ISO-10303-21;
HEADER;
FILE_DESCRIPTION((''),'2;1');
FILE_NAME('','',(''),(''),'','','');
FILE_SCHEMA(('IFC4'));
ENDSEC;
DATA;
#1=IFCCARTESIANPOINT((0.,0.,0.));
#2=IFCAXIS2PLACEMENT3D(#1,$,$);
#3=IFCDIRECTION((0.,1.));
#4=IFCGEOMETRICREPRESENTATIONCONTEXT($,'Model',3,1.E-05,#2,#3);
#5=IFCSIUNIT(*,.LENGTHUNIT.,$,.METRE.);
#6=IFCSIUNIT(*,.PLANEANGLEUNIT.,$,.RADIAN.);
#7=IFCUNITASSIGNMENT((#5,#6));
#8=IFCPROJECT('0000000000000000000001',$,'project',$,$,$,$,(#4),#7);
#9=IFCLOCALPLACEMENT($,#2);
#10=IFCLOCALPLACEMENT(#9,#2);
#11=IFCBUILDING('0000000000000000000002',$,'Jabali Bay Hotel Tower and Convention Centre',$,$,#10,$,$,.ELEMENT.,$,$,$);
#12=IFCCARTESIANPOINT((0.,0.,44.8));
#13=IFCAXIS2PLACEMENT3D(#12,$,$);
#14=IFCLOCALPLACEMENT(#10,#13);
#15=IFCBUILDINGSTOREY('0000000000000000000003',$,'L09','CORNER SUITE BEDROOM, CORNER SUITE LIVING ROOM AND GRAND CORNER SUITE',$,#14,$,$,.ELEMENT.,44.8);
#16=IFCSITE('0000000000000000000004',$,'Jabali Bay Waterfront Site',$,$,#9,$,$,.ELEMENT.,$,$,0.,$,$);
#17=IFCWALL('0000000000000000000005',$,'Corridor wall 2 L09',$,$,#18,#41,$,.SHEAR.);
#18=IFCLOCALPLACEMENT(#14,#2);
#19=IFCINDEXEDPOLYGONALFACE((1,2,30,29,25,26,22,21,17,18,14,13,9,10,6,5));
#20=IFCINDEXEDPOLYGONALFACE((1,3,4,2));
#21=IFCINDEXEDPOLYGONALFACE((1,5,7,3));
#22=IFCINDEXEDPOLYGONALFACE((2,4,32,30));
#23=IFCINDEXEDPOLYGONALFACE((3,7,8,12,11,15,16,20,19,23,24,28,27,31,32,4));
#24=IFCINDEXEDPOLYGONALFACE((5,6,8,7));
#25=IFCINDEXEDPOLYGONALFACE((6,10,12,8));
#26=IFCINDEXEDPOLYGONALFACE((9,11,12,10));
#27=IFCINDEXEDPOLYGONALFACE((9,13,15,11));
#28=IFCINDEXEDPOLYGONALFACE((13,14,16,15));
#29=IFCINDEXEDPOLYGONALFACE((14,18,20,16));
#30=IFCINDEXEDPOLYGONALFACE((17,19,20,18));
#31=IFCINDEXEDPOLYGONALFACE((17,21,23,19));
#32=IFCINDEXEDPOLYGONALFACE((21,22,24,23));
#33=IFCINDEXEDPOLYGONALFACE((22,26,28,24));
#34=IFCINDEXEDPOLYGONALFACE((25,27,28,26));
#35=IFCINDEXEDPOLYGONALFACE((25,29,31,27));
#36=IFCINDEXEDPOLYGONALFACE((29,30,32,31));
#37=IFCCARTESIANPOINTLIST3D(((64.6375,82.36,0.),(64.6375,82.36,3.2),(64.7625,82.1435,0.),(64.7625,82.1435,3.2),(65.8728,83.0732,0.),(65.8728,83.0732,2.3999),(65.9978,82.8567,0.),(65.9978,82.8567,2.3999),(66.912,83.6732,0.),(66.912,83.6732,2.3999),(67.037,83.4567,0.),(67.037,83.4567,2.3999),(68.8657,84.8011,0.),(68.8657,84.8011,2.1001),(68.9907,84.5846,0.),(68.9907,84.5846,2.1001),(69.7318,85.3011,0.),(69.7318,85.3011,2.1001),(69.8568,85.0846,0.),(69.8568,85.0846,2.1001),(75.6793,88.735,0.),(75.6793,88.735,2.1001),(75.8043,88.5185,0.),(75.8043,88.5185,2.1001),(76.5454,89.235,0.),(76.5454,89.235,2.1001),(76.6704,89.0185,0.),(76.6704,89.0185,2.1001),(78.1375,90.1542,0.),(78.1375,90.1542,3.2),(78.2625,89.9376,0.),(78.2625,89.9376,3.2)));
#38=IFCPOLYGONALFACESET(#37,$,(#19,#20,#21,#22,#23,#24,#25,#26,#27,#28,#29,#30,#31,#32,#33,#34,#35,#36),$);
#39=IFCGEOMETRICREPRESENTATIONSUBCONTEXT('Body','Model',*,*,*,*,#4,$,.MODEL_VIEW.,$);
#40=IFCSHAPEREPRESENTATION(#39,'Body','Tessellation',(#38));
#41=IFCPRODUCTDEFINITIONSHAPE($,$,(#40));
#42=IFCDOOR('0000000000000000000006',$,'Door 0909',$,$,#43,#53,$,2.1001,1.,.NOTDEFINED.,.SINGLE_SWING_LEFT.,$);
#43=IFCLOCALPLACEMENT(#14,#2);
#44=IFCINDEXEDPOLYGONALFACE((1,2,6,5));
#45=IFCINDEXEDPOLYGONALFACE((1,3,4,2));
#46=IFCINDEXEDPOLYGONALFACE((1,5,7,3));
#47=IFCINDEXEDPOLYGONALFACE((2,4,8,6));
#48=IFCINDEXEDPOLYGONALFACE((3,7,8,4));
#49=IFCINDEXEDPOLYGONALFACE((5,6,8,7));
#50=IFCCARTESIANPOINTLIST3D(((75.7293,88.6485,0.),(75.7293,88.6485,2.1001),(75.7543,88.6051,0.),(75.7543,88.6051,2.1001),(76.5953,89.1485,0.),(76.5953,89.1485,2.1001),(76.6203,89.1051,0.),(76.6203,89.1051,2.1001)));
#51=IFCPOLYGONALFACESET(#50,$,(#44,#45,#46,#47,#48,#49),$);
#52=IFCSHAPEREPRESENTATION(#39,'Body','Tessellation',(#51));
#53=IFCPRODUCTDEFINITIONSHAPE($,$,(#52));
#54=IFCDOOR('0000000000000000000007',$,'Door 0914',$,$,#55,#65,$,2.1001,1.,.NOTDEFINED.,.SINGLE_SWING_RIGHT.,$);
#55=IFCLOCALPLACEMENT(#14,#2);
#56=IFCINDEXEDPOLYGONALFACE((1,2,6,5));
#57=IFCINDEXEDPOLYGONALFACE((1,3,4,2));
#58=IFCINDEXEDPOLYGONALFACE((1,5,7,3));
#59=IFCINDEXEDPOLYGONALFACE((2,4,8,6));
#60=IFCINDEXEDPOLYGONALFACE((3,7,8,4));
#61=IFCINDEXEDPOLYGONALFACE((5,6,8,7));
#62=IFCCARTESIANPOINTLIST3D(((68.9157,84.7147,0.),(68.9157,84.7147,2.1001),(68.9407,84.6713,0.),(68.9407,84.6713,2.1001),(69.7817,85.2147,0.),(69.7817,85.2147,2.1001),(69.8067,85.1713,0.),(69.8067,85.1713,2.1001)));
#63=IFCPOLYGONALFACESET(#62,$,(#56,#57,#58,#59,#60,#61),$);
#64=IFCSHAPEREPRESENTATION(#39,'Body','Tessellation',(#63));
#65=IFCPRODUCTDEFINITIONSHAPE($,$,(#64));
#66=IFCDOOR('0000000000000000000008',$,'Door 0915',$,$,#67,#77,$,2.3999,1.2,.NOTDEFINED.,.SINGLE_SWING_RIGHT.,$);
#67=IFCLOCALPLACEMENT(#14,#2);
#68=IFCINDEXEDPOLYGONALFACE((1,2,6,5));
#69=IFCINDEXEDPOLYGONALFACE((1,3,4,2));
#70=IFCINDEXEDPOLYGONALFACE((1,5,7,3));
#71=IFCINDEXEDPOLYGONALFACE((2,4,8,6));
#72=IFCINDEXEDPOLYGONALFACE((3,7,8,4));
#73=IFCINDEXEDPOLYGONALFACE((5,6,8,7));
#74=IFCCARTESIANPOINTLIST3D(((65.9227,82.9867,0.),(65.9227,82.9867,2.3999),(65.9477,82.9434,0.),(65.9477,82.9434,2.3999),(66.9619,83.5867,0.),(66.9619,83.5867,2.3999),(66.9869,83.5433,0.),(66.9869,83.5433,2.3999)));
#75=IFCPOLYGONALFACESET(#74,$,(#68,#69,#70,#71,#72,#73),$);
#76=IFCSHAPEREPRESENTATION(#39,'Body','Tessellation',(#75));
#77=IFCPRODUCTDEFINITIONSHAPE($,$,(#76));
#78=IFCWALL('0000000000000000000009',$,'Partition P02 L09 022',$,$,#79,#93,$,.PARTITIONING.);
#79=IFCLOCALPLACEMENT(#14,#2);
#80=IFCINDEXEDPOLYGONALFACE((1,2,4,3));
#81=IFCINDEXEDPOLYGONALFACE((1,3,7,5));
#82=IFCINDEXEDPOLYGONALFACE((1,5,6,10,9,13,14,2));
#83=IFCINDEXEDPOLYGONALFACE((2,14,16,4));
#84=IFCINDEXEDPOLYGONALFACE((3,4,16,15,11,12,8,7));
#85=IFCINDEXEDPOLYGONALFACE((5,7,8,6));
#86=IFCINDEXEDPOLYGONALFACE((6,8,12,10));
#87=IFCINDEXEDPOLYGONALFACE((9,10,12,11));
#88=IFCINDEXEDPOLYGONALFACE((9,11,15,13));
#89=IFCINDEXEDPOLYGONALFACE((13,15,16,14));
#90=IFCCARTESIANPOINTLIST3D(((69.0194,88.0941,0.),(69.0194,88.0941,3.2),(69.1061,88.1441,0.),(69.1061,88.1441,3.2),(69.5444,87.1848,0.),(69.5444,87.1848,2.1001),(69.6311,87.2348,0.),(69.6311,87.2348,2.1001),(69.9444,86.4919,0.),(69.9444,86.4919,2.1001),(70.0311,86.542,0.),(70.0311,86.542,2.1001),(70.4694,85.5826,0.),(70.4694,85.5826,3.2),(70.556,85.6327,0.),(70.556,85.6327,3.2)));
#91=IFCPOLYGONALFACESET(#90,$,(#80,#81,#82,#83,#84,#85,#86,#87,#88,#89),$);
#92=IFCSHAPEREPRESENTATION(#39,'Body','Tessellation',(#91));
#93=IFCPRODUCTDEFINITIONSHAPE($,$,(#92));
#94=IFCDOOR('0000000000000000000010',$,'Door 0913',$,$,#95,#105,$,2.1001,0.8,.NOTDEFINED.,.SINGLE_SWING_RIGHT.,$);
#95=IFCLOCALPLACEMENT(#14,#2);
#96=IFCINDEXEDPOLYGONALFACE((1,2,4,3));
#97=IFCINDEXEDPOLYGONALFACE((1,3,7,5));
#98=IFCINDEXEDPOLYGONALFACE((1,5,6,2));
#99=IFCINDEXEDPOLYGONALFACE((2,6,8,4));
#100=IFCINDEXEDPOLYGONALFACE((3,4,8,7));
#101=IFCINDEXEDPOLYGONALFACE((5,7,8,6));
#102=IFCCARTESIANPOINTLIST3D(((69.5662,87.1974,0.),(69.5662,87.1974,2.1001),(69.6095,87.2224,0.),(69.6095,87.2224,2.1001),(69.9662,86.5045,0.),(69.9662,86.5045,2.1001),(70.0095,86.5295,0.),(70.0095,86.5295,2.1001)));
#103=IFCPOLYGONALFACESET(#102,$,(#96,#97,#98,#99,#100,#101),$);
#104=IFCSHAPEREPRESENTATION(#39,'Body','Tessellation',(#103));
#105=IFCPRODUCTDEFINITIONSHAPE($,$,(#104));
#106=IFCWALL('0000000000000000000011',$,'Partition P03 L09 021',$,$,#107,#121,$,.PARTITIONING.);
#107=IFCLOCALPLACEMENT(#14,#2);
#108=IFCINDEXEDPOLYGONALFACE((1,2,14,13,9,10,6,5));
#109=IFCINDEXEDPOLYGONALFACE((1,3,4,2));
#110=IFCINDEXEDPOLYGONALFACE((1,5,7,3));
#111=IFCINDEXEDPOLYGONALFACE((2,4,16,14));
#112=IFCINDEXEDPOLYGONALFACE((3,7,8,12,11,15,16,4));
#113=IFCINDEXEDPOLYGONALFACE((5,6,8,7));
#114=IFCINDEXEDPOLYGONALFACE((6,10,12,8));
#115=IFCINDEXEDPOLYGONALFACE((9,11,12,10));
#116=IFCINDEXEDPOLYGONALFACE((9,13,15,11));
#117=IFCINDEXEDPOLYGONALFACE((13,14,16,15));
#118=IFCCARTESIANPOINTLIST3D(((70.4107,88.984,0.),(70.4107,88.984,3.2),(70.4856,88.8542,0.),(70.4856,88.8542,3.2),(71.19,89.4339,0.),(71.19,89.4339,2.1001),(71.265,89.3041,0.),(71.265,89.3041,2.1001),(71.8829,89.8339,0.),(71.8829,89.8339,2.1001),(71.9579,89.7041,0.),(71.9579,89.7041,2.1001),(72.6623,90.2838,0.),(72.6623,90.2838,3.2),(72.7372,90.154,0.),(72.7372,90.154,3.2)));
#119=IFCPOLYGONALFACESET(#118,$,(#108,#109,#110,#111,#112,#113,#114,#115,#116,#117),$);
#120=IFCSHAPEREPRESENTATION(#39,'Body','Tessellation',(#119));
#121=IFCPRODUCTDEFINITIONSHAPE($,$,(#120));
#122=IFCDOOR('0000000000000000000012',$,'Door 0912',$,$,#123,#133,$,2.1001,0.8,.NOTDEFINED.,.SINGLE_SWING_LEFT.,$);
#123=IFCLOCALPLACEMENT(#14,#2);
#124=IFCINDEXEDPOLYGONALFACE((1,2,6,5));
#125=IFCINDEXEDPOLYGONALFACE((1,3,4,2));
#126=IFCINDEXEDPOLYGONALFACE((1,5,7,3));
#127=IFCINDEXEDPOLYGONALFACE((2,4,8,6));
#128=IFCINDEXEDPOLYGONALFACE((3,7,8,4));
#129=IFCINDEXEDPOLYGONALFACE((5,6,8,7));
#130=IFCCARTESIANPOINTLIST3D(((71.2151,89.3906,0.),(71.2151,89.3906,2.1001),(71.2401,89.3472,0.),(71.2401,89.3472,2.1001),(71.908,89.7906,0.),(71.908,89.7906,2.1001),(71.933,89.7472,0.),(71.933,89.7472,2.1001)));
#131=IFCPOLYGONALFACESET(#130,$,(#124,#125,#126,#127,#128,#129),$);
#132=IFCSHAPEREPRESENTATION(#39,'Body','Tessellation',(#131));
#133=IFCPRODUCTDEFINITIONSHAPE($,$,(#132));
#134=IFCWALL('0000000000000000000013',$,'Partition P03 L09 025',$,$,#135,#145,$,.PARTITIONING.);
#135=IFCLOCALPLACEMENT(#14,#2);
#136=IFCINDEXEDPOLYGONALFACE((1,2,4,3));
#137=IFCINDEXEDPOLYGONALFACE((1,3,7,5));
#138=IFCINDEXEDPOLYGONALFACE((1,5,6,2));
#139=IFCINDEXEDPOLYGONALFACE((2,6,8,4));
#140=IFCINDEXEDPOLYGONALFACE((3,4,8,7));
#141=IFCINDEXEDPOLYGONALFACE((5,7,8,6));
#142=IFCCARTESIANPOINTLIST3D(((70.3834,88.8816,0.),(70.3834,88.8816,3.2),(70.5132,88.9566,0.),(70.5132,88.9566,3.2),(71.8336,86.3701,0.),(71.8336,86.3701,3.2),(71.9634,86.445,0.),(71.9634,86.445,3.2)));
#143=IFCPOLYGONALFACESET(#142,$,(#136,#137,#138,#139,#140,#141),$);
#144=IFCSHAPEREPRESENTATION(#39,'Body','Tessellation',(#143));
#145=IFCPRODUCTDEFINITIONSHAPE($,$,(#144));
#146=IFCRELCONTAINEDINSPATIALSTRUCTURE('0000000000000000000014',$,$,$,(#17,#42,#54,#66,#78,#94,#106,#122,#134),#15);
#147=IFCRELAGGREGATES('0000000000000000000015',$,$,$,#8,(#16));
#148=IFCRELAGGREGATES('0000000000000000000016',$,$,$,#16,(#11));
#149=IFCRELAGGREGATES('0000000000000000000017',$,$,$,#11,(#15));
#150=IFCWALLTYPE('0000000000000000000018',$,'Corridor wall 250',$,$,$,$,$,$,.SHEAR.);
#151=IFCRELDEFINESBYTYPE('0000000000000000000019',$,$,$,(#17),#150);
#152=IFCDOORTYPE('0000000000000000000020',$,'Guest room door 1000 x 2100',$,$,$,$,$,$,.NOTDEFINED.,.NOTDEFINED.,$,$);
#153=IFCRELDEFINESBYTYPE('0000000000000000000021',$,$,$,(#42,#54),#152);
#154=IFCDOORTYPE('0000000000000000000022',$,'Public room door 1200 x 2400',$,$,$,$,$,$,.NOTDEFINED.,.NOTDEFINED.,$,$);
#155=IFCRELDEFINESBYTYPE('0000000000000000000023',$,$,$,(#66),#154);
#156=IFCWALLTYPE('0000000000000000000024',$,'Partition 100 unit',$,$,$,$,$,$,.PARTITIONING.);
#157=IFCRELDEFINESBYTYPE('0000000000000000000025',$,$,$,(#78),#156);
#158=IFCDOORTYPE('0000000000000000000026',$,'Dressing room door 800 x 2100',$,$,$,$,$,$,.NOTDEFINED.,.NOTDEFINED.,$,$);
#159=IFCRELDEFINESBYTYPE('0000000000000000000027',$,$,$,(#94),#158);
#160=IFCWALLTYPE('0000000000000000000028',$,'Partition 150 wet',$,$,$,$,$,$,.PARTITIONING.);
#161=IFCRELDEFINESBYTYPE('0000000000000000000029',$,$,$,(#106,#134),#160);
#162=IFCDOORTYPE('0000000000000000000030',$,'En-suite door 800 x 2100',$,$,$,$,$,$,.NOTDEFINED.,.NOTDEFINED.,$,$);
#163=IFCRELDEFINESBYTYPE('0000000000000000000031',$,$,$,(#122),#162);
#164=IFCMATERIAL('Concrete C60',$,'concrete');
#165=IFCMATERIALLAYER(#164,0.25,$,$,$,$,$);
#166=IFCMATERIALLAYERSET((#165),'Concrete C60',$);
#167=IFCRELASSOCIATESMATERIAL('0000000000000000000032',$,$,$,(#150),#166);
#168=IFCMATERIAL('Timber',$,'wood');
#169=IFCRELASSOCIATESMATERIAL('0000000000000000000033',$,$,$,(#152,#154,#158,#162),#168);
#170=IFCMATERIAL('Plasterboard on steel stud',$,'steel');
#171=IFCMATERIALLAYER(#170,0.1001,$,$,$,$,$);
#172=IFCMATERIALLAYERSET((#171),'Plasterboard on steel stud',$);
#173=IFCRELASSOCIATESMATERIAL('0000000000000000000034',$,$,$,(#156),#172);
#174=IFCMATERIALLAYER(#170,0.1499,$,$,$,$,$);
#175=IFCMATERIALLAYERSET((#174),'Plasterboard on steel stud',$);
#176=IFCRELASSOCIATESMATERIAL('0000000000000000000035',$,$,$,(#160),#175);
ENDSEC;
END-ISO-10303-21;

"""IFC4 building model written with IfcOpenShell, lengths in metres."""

from ifc_helpers import new_model, si_unit, direction, frame, frame_2d, origin, place, context, subcontext, project, spatial, rectangle, extrude, material, layer, layer_set, type_object, element, fill, save


model = new_model("IFC4")

# Units and contexts
model_context = context("Model", 3, precision=1e-05, world=origin(), true_north=direction((0.0, 1.0)))
body_context = subcontext(model_context, "Body", "Model", "MODEL_VIEW")
ifc_project = project(units=[si_unit("LENGTHUNIT", "METRE"), si_unit("PLANEANGLEUNIT", "RADIAN")], contexts=[model_context])

# Site, building, storey
site_placement = place(None, origin())
site = spatial("IfcSite", under=ifc_project, at=site_placement, Name="Jabali Bay Waterfront Site", CompositionType="ELEMENT", RefElevation=0.0)
building_placement = place(site_placement, origin())
building = spatial("IfcBuilding", under=site, at=building_placement, Name="Jabali Bay Hotel Tower and Convention Centre", CompositionType="ELEMENT")
storey_placement = place(building_placement, frame((0.0, 0.0, 44.8)))
storey = spatial("IfcBuildingStorey", under=building, at=storey_placement, Name="L09", Description="CORNER SUITE BEDROOM, CORNER SUITE LIVING ROOM AND GRAND CORNER SUITE", CompositionType="ELEMENT", Elevation=44.8)

# Shared definitions
ifc_material_1 = material(Name="Concrete C60", Category="concrete")

# Wall, openings, doors
ifc_layer_1 = layer(ifc_material_1, 0.25)
ifc_layer_set_1 = layer_set([ifc_layer_1], Name="Concrete C60")
wall_type_1 = type_object("IfcWallType", Name="Corridor wall 250", PredefinedType="SHEAR", material=ifc_layer_set_1)
wall_1_placement = place(storey_placement, frame((78.2, 90.0459, 0.0), z_axis=(0.0, 0.0, 1.0), x_axis=(-0.866026, -0.499998, 0.0)))
wall_1 = element("IfcWall", 1, at=wall_1_placement, inside=storey, type_object=wall_type_1, Name="Corridor wall 2 L09", PredefinedType="SHEAR", context=body_context, shape_type="SweptSolid", body=[
    extrude(rectangle(XDim=15.5884, YDim=0.25, at=frame_2d((7.7942, 0.0))), origin(), (0.0, 0.0, 1.0), 3.2),
])
opening_1_placement = place(wall_1_placement, frame((1.8384, 0.0, 0.0)))
opening_1 = element("IfcOpeningElement", 2, at=opening_1_placement, cuts=wall_1, PredefinedType="OPENING", context=body_context, shape_type="SweptSolid", body=[
    extrude(rectangle(XDim=1.0, YDim=2.1001, at=frame_2d((0.5, 1.05))), frame((0.0, 0.1355, 0.0), z_axis=(0.0, -1.0, 0.0), x_axis=(1.0, 0.0, 0.0)), (0.0, 0.0, 1.0), 0.271),
])
opening_2_placement = place(wall_1_placement, frame((9.7061, 0.0, 0.0)))
opening_2 = element("IfcOpeningElement", 3, at=opening_2_placement, cuts=wall_1, PredefinedType="OPENING", context=body_context, shape_type="SweptSolid", body=[
    extrude(rectangle(XDim=1.0, YDim=2.1001, at=frame_2d((0.5, 1.05))), frame((0.0, 0.1355, 0.0), z_axis=(0.0, -1.0, 0.0), x_axis=(1.0, 0.0, 0.0)), (0.0, 0.0, 1.0), 0.271),
])
opening_3_placement = place(wall_1_placement, frame((12.9619, 0.0, 0.0)))
opening_3 = element("IfcOpeningElement", 4, at=opening_3_placement, cuts=wall_1, PredefinedType="OPENING", context=body_context, shape_type="SweptSolid", body=[
    extrude(rectangle(XDim=1.2, YDim=2.3999, at=frame_2d((0.6001, 1.2))), frame((0.0, 0.1355, 0.0), z_axis=(0.0, -1.0, 0.0), x_axis=(1.0, 0.0, 0.0)), (0.0, 0.0, 1.0), 0.271),
])
ifc_material_2 = material(Name="Timber", Category="wood")
door_type_1 = type_object("IfcDoorType", Name="Guest room door 1000 x 2100", OperationType="NOTDEFINED", PredefinedType="NOTDEFINED", material=ifc_material_2)
door_1_placement = place(opening_1_placement, origin())
door_1 = element("IfcDoor", 5, at=door_1_placement, inside=storey, type_object=door_type_1, Name="Door 0909", OperationType="SINGLE_SWING_LEFT", OverallHeight=2.1001, OverallWidth=1.0, PredefinedType="NOTDEFINED", context=body_context, shape_type="SweptSolid", body=[
    extrude(rectangle(XDim=1.0, YDim=2.1001, at=frame_2d((0.5, 1.05))), frame((0.0, 0.0249, 0.0), z_axis=(0.0, -1.0, 0.0), x_axis=(1.0, 0.0, 0.0)), (0.0, 0.0, 1.0), 0.05),
])
fill(opening_1, door_1)
door_2_placement = place(opening_2_placement, origin())
door_2 = element("IfcDoor", 6, at=door_2_placement, inside=storey, type_object=door_type_1, Name="Door 0914", OperationType="SINGLE_SWING_RIGHT", OverallHeight=2.1001, OverallWidth=1.0, PredefinedType="NOTDEFINED", context=body_context, shape_type="SweptSolid", body=[
    extrude(rectangle(XDim=1.0, YDim=2.1001, at=frame_2d((0.5, 1.05))), frame((0.0, 0.0249, 0.0), z_axis=(0.0, -1.0, 0.0), x_axis=(1.0, 0.0, 0.0)), (0.0, 0.0, 1.0), 0.05),
])
fill(opening_2, door_2)
door_type_2 = type_object("IfcDoorType", Name="Public room door 1200 x 2400", OperationType="NOTDEFINED", PredefinedType="NOTDEFINED", material=ifc_material_2)
door_3_placement = place(opening_3_placement, origin())
door_3 = element("IfcDoor", 7, at=door_3_placement, inside=storey, type_object=door_type_2, Name="Door 0915", OperationType="SINGLE_SWING_RIGHT", OverallHeight=2.3999, OverallWidth=1.2, PredefinedType="NOTDEFINED", context=body_context, shape_type="SweptSolid", body=[
    extrude(rectangle(XDim=1.2, YDim=2.3999, at=frame_2d((0.6001, 1.2))), frame((0.0, 0.0249, 0.0), z_axis=(0.0, -1.0, 0.0), x_axis=(1.0, 0.0, 0.0)), (0.0, 0.0, 1.0), 0.05),
])
fill(opening_3, door_3)

# Walls, openings, doors
ifc_material_3 = material(Name="Plasterboard on steel stud", Category="steel")
ifc_layer_2 = layer(ifc_material_3, 0.1001)
ifc_layer_set_2 = layer_set([ifc_layer_2], Name="Plasterboard on steel stud")
wall_type_2 = type_object("IfcWallType", Name="Partition 100 unit", PredefinedType="PARTITIONING", material=ifc_layer_set_2)
wall_2_placement = place(storey_placement, frame((70.5127, 85.6077, 0.0), z_axis=(0.0, 0.0, 1.0), x_axis=(-0.499987, 0.866033, 0.0)))
wall_2 = element("IfcWall", 8, at=wall_2_placement, inside=storey, type_object=wall_type_2, Name="Partition P02 L09 022", PredefinedType="PARTITIONING", context=body_context, shape_type="SweptSolid", body=[
    extrude(rectangle(XDim=2.8999, YDim=0.1001, at=frame_2d((1.45, 0.0))), origin(), (0.0, 0.0, 1.0), 3.2),
])
opening_4_placement = place(wall_2_placement, frame((1.05, 0.0, 0.0)))
opening_4 = element("IfcOpeningElement", 9, at=opening_4_placement, cuts=wall_2, PredefinedType="OPENING", context=body_context, shape_type="SweptSolid", body=[
    extrude(rectangle(XDim=0.8, YDim=2.1001, at=frame_2d((0.3999, 1.05))), frame((0.0, 0.0605, 0.0), z_axis=(0.0, -1.0, 0.0), x_axis=(1.0, 0.0, 0.0)), (0.0, 0.0, 1.0), 0.1211),
])
door_type_3 = type_object("IfcDoorType", Name="Dressing room door 800 x 2100", OperationType="NOTDEFINED", PredefinedType="NOTDEFINED", material=ifc_material_2)
door_4_placement = place(opening_4_placement, origin())
door_4 = element("IfcDoor", 10, at=door_4_placement, inside=storey, type_object=door_type_3, Name="Door 0913", OperationType="SINGLE_SWING_RIGHT", OverallHeight=2.1001, OverallWidth=0.8, PredefinedType="NOTDEFINED", context=body_context, shape_type="SweptSolid", body=[
    extrude(rectangle(XDim=0.8, YDim=2.1001, at=frame_2d((0.3999, 1.05))), frame((0.0, 0.0249, 0.0), z_axis=(0.0, -1.0, 0.0), x_axis=(1.0, 0.0, 0.0)), (0.0, 0.0, 1.0), 0.05),
])
fill(opening_4, door_4)
ifc_layer_3 = layer(ifc_material_3, 0.1499)
ifc_layer_set_3 = layer_set([ifc_layer_3], Name="Plasterboard on steel stud")
wall_type_3 = type_object("IfcWallType", Name="Partition 150 wet", PredefinedType="PARTITIONING", material=ifc_layer_set_3)
wall_3_placement = place(storey_placement, frame((70.4482, 88.9192, 0.0), z_axis=(0.0, 0.0, 1.0), x_axis=(0.866062, 0.499937, 0.0)))
wall_3 = element("IfcWall", 11, at=wall_3_placement, inside=storey, type_object=wall_type_3, Name="Partition P03 L09 021", PredefinedType="PARTITIONING", context=body_context, shape_type="SweptSolid", body=[
    extrude(rectangle(XDim=2.5999, YDim=0.1499, at=frame_2d((1.2998, 0.0))), origin(), (0.0, 0.0, 1.0), 3.2),
])
opening_5_placement = place(wall_3_placement, frame((0.8999, 0.0, 0.0)))
opening_5 = element("IfcOpeningElement", 12, at=opening_5_placement, cuts=wall_3, PredefinedType="OPENING", context=body_context, shape_type="SweptSolid", body=[
    extrude(rectangle(XDim=0.8, YDim=2.1001, at=frame_2d((0.3999, 1.05))), frame((0.0, 0.0854, 0.0), z_axis=(0.0, -1.0, 0.0), x_axis=(1.0, 0.0, 0.0)), (0.0, 0.0, 1.0), 0.1709),
])
door_type_4 = type_object("IfcDoorType", Name="En-suite door 800 x 2100", OperationType="NOTDEFINED", PredefinedType="NOTDEFINED", material=ifc_material_2)
door_5_placement = place(opening_5_placement, origin())
door_5 = element("IfcDoor", 13, at=door_5_placement, inside=storey, type_object=door_type_4, Name="Door 0912", OperationType="SINGLE_SWING_LEFT", OverallHeight=2.1001, OverallWidth=0.8, PredefinedType="NOTDEFINED", context=body_context, shape_type="SweptSolid", body=[
    extrude(rectangle(XDim=0.8, YDim=2.1001, at=frame_2d((0.3999, 1.05))), frame((0.0, 0.0249, 0.0), z_axis=(0.0, -1.0, 0.0), x_axis=(1.0, 0.0, 0.0)), (0.0, 0.0, 1.0), 0.05),
])
fill(opening_5, door_5)

# Wall
wall_4_placement = place(storey_placement, frame((70.4482, 88.9192, 0.0), z_axis=(0.0, 0.0, 1.0), x_axis=(0.50005, -0.865996, 0.0)))
element("IfcWall", 14, at=wall_4_placement, inside=storey, type_object=wall_type_3, Name="Partition P03 L09 025", PredefinedType="PARTITIONING", context=body_context, shape_type="SweptSolid", body=[
    extrude(rectangle(XDim=2.9001, YDim=0.1499, at=frame_2d((1.4502, 0.0))), origin(), (0.0, 0.0, 1.0), 3.2),
])

save(model, "model.ifc")
